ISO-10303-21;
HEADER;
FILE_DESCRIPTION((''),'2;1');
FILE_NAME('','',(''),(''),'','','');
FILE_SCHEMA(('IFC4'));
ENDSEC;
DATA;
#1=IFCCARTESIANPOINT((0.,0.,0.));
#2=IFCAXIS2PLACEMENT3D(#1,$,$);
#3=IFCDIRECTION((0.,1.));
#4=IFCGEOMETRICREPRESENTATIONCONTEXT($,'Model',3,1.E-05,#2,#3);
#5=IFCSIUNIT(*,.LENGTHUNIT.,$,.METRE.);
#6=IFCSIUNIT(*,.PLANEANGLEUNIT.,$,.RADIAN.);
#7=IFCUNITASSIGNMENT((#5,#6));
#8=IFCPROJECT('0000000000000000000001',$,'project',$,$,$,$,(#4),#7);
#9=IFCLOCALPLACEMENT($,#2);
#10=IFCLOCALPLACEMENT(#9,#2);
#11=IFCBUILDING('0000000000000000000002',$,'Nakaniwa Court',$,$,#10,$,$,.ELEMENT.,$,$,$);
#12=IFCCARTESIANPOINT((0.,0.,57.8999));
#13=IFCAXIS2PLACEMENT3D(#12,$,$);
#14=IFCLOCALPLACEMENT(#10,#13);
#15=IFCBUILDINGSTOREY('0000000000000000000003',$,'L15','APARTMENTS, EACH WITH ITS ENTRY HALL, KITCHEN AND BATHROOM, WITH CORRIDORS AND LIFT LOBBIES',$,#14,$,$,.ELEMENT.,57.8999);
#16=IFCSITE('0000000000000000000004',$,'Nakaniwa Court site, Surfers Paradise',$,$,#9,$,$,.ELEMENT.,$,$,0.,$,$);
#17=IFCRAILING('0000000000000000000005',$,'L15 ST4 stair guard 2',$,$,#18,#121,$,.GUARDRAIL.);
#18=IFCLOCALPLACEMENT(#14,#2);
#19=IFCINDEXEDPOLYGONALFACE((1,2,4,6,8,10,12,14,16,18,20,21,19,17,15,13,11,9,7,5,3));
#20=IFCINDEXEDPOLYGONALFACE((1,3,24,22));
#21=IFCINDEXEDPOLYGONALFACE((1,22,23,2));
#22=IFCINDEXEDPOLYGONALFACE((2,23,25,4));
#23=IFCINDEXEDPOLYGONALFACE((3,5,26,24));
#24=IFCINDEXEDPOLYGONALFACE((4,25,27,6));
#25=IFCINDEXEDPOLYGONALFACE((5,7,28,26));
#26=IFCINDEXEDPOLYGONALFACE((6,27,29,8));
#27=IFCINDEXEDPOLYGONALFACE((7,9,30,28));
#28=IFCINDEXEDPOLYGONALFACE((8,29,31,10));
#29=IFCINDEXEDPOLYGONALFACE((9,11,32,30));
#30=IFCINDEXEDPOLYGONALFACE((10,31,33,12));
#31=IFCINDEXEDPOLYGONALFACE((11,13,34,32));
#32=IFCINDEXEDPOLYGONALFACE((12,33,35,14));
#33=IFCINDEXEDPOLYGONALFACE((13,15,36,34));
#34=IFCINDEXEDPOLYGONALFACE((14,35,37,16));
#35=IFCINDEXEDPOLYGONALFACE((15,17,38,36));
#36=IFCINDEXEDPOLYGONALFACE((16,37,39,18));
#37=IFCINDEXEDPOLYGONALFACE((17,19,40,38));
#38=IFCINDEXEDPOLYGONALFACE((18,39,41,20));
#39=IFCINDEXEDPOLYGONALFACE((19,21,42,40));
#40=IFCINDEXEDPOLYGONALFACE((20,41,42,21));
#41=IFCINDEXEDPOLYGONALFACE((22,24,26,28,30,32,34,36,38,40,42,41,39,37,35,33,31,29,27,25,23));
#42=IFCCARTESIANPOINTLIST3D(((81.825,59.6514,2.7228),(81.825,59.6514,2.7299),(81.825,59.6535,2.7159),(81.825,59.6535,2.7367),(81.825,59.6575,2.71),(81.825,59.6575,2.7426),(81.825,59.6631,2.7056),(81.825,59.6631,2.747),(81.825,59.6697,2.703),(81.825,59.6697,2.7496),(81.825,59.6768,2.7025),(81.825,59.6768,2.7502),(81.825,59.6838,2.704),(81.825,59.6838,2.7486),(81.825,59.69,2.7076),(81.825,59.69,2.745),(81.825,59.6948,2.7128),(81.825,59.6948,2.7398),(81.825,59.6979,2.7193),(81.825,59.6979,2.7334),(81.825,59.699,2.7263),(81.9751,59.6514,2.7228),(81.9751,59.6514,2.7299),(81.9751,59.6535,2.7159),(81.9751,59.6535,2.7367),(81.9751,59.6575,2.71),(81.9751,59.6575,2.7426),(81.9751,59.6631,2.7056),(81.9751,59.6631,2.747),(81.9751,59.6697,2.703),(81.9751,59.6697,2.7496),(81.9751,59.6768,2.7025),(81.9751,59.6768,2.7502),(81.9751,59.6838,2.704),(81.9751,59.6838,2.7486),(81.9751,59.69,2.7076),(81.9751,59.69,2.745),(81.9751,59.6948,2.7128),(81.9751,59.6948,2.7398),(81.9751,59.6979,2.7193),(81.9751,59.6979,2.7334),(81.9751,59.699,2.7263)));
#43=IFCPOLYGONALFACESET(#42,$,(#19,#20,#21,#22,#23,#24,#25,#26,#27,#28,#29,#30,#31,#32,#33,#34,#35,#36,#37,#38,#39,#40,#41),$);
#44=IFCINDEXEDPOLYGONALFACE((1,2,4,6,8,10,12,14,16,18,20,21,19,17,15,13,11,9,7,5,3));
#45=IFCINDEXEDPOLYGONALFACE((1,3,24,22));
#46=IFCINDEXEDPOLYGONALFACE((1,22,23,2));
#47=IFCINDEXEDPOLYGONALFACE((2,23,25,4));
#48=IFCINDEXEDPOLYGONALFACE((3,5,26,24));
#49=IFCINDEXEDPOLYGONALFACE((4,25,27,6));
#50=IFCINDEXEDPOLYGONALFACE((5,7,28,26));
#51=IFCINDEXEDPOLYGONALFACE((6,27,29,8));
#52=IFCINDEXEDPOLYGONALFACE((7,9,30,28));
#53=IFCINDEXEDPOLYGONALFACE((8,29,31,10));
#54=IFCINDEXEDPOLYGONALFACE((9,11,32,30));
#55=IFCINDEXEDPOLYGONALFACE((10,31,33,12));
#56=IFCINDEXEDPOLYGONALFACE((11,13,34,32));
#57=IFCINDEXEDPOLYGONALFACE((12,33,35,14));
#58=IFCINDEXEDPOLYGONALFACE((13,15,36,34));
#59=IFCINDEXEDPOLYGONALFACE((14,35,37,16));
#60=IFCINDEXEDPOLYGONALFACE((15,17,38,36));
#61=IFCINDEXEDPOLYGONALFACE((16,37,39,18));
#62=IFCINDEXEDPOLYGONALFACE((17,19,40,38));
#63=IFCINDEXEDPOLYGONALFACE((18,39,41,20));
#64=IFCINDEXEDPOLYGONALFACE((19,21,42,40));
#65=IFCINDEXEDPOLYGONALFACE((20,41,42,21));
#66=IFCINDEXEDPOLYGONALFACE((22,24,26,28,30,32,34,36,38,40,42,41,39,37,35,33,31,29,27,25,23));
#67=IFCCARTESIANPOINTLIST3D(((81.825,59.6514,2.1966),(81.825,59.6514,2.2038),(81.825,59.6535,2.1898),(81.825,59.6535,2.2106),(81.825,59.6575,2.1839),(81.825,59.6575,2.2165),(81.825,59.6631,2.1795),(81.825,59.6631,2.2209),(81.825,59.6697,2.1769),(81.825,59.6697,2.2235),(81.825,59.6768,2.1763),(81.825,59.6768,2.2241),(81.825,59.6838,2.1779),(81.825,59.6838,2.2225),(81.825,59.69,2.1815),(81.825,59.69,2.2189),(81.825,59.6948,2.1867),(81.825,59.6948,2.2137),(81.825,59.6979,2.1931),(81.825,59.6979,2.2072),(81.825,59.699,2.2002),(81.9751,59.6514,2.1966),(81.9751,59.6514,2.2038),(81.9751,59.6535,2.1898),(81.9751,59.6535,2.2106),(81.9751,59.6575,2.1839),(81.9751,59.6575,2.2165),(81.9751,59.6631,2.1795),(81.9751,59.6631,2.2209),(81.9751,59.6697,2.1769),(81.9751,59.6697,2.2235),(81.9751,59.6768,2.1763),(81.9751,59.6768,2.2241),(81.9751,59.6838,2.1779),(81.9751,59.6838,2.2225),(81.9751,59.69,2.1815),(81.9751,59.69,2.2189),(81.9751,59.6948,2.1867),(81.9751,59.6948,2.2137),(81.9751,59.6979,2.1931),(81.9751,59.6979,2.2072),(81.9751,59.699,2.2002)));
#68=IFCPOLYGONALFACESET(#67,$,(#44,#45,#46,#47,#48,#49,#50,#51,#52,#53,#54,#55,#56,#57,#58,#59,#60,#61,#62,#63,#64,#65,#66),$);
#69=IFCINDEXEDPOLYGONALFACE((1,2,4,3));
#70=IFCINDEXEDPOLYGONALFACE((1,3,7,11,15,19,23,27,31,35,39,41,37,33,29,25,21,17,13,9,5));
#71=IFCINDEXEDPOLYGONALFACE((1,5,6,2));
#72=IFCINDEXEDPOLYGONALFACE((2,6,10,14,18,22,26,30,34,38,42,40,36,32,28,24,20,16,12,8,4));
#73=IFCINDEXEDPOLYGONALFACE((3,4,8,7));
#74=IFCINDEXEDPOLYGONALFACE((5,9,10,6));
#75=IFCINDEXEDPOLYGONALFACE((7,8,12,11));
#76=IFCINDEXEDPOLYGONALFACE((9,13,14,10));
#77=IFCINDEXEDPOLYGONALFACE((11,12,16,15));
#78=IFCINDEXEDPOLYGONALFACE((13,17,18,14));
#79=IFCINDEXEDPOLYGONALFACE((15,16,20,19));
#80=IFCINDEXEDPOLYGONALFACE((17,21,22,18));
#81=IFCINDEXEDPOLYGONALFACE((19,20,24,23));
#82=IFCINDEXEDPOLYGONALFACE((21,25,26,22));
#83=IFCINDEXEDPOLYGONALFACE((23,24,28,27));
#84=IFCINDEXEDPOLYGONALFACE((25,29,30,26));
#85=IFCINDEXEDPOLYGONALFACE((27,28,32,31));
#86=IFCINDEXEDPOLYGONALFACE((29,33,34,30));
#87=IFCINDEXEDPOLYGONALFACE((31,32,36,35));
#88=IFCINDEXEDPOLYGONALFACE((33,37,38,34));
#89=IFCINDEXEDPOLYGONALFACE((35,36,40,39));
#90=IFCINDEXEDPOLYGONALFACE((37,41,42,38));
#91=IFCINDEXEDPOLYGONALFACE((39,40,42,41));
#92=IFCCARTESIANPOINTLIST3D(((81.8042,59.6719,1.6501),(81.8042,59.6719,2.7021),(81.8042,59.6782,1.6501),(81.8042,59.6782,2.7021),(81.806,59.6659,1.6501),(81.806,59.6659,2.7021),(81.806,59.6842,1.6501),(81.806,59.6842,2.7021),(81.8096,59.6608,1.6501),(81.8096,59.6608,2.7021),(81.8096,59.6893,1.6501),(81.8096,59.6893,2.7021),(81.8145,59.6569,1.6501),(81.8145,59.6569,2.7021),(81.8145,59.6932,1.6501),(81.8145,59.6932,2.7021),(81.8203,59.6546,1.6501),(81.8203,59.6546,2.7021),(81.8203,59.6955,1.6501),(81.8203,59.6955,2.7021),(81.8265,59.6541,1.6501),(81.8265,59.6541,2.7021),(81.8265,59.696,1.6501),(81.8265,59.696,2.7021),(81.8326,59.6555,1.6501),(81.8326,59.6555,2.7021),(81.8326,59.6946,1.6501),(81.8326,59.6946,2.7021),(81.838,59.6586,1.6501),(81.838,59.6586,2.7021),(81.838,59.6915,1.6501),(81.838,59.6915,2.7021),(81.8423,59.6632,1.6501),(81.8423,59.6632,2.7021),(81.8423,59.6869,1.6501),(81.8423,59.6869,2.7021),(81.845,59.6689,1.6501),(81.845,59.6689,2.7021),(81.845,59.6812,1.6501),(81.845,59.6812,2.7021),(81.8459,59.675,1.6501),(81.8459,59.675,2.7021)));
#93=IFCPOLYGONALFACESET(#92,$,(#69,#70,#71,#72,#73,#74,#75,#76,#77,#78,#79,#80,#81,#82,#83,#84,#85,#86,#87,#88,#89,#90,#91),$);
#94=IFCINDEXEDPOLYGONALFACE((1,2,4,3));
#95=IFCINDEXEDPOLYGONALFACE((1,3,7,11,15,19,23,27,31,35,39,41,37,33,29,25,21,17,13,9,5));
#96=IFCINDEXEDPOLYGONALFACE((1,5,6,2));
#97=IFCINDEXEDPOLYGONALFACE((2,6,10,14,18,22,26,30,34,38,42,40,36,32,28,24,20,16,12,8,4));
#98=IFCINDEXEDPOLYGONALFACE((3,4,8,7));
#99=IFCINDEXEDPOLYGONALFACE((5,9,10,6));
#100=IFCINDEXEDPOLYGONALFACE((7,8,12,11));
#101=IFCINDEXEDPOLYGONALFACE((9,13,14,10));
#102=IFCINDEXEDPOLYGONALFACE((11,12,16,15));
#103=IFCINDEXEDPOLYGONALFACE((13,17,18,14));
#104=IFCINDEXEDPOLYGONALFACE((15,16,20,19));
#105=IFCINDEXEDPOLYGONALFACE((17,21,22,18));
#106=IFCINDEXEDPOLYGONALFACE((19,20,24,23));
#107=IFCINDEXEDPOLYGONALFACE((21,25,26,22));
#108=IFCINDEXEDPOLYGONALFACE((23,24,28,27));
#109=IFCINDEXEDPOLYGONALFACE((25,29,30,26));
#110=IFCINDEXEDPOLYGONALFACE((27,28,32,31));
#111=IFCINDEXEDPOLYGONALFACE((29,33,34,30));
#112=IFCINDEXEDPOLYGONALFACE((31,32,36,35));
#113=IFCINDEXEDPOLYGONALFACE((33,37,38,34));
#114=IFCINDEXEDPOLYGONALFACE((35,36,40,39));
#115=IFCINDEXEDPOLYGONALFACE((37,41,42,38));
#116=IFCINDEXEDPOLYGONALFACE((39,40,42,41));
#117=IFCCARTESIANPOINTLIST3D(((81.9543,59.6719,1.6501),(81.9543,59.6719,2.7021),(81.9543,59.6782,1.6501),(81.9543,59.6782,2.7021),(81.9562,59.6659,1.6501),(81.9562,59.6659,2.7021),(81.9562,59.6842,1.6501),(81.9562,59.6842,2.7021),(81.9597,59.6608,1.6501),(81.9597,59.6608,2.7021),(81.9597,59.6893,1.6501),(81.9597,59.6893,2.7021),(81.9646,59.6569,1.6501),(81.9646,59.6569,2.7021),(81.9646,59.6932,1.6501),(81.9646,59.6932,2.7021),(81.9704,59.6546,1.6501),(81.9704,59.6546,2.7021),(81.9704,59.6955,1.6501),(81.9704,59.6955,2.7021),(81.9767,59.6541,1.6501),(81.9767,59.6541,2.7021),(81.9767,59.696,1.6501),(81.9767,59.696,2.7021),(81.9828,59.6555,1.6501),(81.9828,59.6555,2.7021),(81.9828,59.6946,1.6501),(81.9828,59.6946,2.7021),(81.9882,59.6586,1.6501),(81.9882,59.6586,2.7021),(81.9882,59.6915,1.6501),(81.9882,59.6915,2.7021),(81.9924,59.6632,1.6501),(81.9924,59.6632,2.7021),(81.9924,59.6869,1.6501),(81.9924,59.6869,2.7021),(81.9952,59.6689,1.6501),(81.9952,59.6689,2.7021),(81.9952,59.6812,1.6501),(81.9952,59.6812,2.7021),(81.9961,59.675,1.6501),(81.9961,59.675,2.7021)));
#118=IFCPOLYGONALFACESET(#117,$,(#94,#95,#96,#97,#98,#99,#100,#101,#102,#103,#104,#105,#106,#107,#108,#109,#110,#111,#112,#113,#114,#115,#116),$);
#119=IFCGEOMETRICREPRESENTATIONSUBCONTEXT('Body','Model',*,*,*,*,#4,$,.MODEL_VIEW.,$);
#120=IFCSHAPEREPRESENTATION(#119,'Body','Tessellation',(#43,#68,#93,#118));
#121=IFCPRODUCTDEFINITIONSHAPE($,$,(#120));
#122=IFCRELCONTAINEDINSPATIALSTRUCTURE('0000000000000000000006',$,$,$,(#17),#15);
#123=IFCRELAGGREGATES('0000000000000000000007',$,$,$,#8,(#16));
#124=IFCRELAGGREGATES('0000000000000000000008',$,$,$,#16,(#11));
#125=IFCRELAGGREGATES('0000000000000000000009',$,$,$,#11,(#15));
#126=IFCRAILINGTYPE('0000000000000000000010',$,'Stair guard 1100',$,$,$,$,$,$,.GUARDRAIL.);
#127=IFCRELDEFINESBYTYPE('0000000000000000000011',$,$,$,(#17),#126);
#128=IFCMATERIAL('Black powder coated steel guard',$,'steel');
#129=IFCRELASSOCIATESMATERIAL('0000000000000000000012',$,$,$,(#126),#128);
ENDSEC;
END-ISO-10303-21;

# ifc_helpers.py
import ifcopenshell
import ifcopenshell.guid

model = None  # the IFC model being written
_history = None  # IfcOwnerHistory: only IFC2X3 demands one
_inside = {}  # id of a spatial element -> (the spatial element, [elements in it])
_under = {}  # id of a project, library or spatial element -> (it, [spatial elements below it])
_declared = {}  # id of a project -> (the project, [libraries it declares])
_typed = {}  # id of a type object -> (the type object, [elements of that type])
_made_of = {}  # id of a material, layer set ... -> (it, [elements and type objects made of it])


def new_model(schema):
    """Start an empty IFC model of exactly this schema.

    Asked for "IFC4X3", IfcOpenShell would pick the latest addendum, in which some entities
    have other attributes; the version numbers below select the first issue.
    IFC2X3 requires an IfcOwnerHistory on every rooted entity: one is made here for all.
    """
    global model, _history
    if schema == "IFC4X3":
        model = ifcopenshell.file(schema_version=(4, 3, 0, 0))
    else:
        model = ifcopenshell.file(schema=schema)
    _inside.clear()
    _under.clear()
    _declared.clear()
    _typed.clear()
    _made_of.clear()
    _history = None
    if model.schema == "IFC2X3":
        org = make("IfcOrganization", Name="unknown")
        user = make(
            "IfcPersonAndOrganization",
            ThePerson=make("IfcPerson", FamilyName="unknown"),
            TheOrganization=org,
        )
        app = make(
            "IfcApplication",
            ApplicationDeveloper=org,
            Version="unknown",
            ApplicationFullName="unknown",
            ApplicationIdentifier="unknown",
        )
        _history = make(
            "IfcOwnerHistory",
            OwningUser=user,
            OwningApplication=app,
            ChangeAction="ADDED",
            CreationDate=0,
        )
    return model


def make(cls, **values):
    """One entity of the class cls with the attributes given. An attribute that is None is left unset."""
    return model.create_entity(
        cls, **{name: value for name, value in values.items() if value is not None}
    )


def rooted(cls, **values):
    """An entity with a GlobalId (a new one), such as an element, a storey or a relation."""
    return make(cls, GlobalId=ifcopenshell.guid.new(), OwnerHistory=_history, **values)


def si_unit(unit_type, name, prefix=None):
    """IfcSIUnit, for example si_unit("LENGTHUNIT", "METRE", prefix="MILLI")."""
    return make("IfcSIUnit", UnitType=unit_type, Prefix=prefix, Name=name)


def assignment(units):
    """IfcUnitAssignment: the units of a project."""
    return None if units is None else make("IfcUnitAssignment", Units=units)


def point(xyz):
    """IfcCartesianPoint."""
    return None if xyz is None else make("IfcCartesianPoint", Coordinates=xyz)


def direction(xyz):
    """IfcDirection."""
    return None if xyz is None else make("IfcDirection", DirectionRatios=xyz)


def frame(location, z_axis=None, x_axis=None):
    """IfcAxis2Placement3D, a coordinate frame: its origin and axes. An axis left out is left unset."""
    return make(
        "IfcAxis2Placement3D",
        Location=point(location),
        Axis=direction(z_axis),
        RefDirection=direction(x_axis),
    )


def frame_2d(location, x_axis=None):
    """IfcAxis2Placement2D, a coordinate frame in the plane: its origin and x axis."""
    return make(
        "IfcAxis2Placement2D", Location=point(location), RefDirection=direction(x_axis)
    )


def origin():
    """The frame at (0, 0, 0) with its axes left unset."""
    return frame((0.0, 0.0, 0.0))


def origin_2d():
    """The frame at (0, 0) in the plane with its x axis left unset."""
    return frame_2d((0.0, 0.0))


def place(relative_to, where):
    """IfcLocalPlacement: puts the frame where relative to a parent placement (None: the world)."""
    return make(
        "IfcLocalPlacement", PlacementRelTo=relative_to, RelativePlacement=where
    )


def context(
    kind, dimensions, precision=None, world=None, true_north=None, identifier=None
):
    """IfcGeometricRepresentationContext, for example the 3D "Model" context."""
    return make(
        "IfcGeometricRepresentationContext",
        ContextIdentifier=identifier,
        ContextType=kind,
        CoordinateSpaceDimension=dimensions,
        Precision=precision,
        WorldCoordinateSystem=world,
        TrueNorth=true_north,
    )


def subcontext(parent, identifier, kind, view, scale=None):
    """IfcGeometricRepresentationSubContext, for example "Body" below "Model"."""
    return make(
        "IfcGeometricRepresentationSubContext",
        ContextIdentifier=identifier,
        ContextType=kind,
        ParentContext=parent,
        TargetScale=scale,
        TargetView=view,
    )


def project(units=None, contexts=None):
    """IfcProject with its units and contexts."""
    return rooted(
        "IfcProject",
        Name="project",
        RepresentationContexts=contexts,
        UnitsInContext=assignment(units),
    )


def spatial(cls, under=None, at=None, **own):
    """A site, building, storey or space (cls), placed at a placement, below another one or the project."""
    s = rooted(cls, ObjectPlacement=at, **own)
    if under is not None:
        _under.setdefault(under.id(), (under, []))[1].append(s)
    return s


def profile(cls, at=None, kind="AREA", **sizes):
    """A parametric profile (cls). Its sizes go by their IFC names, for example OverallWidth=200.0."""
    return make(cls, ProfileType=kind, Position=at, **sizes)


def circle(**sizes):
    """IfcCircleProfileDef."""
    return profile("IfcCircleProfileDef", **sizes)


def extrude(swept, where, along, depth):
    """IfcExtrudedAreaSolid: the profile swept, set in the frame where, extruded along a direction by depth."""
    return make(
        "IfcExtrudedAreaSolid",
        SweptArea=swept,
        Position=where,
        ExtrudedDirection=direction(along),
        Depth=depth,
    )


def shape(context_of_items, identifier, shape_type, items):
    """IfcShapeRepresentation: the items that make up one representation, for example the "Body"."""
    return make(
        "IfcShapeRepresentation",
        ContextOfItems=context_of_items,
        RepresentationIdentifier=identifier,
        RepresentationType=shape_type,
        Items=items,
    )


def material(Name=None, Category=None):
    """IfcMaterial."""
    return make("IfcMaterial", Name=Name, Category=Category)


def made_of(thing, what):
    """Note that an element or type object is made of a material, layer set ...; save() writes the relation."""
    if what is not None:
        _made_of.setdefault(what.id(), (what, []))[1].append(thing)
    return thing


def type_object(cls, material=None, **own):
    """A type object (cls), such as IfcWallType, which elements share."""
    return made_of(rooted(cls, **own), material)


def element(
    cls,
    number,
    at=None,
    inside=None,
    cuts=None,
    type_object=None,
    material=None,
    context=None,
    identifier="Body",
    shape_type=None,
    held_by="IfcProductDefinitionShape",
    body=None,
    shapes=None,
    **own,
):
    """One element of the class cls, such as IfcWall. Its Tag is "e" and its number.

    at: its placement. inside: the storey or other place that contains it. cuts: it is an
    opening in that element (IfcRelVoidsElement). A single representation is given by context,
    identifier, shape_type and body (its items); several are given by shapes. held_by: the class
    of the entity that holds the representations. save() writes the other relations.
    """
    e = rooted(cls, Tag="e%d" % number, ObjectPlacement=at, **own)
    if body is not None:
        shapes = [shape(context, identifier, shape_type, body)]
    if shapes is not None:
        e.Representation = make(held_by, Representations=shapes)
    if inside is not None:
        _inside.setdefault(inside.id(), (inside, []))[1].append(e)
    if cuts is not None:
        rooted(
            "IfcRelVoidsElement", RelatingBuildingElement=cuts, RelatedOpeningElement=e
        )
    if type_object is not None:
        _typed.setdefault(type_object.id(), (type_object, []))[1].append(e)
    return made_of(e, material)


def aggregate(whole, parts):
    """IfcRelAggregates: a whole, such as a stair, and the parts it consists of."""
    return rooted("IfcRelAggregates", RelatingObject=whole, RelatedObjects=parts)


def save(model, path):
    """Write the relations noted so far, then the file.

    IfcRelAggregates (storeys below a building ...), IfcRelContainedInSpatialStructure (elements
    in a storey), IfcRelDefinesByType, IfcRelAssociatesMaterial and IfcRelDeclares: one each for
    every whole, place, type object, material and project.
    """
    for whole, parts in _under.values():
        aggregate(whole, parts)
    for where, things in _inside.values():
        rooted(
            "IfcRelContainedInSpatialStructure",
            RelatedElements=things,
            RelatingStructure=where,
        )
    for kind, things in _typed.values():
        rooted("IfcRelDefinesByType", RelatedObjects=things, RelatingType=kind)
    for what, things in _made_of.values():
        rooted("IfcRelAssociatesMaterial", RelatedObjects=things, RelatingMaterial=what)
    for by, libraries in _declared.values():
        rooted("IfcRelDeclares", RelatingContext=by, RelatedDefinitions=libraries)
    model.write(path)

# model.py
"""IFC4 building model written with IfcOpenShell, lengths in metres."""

from ifc_helpers import new_model, si_unit, direction, frame, origin, origin_2d, place, context, subcontext, project, spatial, circle, extrude, material, type_object, element, save


model = new_model("IFC4")

# Units and contexts
model_context = context("Model", 3, precision=1e-05, world=origin(), true_north=direction((0.0, 1.0)))
body_context = subcontext(model_context, "Body", "Model", "MODEL_VIEW")
ifc_project = project(units=[si_unit("LENGTHUNIT", "METRE"), si_unit("PLANEANGLEUNIT", "RADIAN")], contexts=[model_context])

# Site, building, storey
site_placement = place(None, origin())
site = spatial("IfcSite", under=ifc_project, at=site_placement, Name="Nakaniwa Court site, Surfers Paradise", CompositionType="ELEMENT", RefElevation=0.0)
building_placement = place(site_placement, origin())
building = spatial("IfcBuilding", under=site, at=building_placement, Name="Nakaniwa Court", CompositionType="ELEMENT")
storey_placement = place(building_placement, frame((0.0, 0.0, 57.8999)))
storey = spatial("IfcBuildingStorey", under=building, at=storey_placement, Name="L15", Description="APARTMENTS, EACH WITH ITS ENTRY HALL, KITCHEN AND BATHROOM, WITH CORRIDORS AND LIFT LOBBIES", CompositionType="ELEMENT", Elevation=57.8999)

# Railing
ifc_material_1 = material(Name="Black powder coated steel guard", Category="steel")
railing_type_1 = type_object("IfcRailingType", Name="Stair guard 1100", PredefinedType="GUARDRAIL", material=ifc_material_1)
railing_1_placement = place(storey_placement, frame((81.825, 59.675, 1.6501)))
element("IfcRailing", 1, at=railing_1_placement, inside=storey, type_object=railing_type_1, Name="L15 ST4 stair guard 2", PredefinedType="GUARDRAIL", context=body_context, shape_type="SweptSolid", body=[
    extrude(circle(Radius=0.0239, at=origin_2d()), frame((0.0, 0.0, 1.0762), z_axis=(1.0, 0.0, 0.0), x_axis=(0.0, 1.0, 0.0)), (0.0, 0.0, 1.0), 0.1501),
    extrude(circle(Radius=0.0239, at=origin_2d()), frame((0.0, 0.0, 0.55), z_axis=(1.0, 0.0, 0.0), x_axis=(0.0, 1.0, 0.0)), (0.0, 0.0, 1.0), 0.1501),
    extrude(circle(Radius=0.021, at=origin_2d()), origin(), (0.0, 0.0, 1.0), 1.052),
    extrude(circle(Radius=0.021, at=origin_2d()), frame((0.1501, 0.0, 0.0)), (0.0, 0.0, 1.0), 1.052),
])

save(model, "model.ifc")
